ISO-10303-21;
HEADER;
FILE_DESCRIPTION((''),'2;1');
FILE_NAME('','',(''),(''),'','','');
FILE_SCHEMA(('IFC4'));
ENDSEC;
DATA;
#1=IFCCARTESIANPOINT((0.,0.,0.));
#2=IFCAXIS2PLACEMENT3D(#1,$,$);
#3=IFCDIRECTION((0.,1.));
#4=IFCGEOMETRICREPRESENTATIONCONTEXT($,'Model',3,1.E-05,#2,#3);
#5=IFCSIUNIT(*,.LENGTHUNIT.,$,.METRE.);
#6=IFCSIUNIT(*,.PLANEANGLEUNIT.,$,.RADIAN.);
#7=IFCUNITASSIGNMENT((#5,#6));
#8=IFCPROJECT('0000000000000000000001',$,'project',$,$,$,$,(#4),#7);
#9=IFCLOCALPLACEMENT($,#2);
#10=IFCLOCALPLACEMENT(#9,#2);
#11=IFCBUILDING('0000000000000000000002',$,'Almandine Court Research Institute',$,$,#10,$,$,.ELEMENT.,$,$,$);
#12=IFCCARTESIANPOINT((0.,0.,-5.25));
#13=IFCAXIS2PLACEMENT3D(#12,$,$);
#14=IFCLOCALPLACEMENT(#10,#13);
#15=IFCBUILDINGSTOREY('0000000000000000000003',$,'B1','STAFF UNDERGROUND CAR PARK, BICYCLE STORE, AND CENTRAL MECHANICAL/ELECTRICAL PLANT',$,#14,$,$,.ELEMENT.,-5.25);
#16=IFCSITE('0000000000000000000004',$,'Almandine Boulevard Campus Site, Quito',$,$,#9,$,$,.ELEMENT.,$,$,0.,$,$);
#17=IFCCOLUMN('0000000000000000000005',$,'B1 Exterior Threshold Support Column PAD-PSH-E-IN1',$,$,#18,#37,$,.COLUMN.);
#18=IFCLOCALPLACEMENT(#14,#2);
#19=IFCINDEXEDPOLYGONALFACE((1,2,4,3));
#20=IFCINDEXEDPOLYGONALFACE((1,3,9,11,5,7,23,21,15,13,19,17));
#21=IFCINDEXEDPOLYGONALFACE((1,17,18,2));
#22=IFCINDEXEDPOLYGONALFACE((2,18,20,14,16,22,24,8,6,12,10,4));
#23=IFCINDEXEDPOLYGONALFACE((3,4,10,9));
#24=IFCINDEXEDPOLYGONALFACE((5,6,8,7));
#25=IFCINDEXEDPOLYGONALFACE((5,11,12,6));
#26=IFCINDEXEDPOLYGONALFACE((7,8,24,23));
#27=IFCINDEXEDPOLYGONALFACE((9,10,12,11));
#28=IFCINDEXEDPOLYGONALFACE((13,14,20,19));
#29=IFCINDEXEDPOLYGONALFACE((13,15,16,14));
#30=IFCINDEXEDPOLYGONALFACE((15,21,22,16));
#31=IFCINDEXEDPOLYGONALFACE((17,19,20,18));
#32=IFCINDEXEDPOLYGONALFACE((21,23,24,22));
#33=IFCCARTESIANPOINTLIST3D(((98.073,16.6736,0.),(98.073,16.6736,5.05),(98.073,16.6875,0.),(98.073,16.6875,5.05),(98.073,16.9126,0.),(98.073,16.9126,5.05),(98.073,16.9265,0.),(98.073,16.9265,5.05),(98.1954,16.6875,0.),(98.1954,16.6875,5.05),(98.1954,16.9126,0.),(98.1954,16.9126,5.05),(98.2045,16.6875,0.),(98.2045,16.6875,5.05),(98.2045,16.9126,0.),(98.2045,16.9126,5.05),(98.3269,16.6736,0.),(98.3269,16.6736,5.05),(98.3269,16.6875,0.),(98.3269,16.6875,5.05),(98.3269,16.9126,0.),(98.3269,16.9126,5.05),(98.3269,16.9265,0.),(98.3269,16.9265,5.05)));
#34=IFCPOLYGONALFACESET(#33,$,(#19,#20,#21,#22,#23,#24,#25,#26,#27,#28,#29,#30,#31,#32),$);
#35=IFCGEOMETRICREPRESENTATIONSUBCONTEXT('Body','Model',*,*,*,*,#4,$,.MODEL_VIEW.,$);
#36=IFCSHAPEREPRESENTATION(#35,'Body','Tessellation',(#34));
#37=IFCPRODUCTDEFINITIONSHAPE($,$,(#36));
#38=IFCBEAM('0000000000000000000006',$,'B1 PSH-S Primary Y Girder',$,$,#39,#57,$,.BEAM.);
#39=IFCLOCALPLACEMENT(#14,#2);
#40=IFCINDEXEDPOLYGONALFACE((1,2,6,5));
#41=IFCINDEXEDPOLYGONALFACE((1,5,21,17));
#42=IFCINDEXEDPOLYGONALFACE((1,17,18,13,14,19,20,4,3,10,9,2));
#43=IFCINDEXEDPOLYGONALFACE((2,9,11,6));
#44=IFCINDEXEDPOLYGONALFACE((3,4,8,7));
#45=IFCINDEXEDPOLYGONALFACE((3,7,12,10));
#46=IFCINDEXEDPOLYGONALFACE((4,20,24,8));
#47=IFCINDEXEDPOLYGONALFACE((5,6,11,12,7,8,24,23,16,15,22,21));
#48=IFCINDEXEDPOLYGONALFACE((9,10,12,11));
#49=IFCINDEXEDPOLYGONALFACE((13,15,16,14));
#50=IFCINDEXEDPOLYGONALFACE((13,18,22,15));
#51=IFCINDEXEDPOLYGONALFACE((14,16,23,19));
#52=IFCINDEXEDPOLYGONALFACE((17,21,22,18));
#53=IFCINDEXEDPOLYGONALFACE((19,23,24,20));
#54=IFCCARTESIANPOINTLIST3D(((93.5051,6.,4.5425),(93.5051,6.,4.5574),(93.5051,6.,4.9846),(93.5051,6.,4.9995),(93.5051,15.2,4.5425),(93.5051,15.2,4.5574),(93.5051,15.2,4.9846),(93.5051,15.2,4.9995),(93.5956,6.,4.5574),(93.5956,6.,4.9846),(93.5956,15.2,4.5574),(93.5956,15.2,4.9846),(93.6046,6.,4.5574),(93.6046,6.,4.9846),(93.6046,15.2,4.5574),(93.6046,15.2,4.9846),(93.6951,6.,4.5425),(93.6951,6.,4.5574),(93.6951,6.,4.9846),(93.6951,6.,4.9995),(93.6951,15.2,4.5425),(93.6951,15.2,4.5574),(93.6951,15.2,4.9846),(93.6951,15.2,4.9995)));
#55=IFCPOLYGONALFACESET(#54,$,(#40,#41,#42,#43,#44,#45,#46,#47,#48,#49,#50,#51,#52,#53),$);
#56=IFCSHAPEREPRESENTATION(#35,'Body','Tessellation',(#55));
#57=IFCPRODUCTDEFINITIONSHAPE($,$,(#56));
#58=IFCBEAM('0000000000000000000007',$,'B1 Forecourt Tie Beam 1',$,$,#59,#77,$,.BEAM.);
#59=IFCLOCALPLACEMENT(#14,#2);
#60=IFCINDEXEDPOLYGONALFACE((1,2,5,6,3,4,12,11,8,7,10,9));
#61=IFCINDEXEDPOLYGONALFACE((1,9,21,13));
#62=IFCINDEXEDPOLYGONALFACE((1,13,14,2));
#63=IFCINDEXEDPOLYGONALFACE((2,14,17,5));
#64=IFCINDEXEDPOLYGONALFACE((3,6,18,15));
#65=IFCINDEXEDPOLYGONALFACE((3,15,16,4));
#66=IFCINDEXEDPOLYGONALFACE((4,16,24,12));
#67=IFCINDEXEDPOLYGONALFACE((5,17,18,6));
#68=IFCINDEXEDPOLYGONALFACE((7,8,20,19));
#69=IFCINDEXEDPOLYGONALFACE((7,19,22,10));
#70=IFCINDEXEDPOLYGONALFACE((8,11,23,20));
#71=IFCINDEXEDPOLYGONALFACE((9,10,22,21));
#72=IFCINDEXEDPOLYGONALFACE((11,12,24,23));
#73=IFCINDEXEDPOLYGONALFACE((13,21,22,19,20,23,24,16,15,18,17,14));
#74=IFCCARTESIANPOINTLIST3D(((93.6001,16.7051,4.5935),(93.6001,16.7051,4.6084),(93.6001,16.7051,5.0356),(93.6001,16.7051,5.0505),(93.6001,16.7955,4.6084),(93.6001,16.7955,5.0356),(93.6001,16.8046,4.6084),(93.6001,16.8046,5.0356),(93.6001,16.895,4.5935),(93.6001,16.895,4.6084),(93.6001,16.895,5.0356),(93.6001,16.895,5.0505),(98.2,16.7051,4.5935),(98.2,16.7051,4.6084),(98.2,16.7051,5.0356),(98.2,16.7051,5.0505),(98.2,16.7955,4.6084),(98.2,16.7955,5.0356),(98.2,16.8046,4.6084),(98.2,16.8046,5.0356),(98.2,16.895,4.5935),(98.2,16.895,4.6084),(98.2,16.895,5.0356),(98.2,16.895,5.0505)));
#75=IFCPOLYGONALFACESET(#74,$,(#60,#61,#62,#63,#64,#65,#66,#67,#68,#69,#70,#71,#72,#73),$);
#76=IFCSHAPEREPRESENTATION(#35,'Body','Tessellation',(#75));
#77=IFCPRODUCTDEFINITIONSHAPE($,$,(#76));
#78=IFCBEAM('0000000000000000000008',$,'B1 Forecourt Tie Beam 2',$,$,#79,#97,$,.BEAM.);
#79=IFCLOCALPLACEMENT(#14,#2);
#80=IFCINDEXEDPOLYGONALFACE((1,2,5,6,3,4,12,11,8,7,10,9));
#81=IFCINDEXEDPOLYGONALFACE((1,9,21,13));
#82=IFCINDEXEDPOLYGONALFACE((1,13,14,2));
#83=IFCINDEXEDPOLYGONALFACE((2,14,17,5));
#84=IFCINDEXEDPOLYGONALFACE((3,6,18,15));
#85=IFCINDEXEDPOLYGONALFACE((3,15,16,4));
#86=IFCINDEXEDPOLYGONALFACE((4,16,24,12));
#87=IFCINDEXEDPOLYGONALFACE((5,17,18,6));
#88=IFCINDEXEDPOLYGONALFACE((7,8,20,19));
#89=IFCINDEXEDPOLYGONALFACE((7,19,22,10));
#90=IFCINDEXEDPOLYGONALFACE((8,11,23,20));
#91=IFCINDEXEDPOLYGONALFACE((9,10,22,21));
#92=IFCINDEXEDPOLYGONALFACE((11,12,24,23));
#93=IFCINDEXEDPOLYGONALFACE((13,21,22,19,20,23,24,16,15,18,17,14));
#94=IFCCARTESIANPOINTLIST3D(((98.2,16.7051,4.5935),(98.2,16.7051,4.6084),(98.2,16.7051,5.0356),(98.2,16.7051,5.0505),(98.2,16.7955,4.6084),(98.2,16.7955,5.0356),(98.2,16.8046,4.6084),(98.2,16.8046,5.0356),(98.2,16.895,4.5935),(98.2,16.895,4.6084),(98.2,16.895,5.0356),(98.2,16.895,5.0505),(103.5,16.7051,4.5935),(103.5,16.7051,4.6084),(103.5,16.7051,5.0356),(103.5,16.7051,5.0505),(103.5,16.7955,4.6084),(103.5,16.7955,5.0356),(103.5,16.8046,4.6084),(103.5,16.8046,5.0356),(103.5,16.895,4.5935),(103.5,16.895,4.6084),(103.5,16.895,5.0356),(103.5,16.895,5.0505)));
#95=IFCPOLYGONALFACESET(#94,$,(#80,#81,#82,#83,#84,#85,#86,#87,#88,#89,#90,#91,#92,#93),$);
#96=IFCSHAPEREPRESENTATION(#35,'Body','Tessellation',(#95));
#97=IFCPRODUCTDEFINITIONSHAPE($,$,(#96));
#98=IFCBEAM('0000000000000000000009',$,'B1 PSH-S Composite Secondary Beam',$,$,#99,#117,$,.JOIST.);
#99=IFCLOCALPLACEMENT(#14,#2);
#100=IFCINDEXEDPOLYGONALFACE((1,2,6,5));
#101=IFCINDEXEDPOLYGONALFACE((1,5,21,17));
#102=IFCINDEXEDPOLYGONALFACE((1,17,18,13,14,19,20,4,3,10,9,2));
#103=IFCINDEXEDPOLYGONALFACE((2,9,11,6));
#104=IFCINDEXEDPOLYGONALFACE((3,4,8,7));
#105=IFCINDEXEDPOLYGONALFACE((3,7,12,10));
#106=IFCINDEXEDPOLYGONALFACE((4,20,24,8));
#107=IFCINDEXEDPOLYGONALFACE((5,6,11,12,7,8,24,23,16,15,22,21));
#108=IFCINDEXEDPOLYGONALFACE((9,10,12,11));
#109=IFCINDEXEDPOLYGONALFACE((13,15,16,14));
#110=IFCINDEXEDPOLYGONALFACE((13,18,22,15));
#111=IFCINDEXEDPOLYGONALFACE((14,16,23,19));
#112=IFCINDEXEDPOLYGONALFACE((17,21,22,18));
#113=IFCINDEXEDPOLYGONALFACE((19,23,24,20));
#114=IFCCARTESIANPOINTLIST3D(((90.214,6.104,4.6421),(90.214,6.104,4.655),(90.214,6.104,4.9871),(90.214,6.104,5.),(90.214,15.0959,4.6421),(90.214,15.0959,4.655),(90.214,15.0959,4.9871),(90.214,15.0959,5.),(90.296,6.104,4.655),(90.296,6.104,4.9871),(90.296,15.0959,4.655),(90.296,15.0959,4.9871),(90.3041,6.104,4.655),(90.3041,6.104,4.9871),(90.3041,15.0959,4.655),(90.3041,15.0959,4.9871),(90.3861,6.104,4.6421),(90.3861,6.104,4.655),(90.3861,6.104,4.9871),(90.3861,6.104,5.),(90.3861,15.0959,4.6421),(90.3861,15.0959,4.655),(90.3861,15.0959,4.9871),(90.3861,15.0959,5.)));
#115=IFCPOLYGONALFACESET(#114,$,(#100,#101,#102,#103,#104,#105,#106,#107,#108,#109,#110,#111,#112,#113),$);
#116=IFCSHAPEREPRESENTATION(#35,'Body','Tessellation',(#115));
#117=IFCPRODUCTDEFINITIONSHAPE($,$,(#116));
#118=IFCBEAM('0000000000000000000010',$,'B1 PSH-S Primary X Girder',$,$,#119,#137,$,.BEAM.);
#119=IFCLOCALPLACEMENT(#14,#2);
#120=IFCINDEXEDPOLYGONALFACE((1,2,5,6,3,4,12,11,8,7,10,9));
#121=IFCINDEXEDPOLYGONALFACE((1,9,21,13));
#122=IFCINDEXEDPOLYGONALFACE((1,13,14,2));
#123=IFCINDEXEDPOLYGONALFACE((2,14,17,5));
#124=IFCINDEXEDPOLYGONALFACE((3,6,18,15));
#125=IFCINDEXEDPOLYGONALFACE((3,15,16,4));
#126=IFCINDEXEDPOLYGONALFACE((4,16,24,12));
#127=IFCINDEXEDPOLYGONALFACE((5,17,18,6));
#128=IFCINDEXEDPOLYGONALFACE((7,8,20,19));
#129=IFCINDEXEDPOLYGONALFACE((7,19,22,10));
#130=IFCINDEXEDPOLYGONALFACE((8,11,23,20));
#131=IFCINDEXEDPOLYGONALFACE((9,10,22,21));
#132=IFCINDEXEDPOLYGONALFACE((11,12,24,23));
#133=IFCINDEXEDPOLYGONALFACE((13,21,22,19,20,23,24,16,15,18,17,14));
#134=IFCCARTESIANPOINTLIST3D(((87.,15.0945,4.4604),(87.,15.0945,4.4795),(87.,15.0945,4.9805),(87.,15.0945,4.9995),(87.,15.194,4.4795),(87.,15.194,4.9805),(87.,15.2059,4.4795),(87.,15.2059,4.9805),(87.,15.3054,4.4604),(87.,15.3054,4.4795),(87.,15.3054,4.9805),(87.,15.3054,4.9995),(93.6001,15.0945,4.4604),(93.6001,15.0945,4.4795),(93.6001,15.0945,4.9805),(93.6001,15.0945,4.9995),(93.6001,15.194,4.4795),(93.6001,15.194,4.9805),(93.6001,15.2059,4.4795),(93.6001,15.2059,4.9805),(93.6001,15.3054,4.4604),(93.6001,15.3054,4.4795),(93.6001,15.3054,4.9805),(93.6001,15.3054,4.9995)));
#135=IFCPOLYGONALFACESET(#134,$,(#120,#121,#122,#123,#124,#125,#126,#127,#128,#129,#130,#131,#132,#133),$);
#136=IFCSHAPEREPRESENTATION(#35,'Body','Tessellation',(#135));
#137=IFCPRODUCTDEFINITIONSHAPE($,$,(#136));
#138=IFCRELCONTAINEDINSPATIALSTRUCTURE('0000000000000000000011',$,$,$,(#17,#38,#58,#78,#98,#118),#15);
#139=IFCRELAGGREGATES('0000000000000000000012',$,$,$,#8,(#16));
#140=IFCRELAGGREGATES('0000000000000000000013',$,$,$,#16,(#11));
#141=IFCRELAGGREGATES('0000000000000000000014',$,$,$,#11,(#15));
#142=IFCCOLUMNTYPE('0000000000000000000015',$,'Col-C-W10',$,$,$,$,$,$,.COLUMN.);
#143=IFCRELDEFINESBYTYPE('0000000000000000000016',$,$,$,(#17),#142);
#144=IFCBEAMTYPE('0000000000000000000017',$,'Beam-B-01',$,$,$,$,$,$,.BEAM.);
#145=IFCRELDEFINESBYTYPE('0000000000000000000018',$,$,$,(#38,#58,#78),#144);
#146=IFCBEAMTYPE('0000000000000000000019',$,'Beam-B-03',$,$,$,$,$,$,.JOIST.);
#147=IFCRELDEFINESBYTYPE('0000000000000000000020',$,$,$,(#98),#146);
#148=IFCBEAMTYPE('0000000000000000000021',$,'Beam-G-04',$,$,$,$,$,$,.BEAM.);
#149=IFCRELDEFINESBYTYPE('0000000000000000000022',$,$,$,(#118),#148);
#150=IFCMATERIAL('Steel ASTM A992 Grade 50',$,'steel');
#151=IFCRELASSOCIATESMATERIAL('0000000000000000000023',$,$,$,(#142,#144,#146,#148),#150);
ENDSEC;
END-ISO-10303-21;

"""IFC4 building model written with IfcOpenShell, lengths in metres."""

from ifc_helpers import new_model, si_unit, direction, frame, origin, origin_2d, place, context, subcontext, project, spatial, i_section, extrude, material, material_profile, profile_set, type_object, element, save


model = new_model("IFC4")

# Units and contexts
model_context = context("Model", 3, precision=1e-05, world=origin(), true_north=direction((0.0, 1.0)))
body_context = subcontext(model_context, "Body", "Model", "MODEL_VIEW")
ifc_project = project(units=[si_unit("LENGTHUNIT", "METRE"), si_unit("PLANEANGLEUNIT", "RADIAN")], contexts=[model_context])

# Site, building, storey
site_placement = place(None, origin())
site = spatial("IfcSite", under=ifc_project, at=site_placement, Name="Almandine Boulevard Campus Site, Quito", CompositionType="ELEMENT", RefElevation=0.0)
building_placement = place(site_placement, origin())
building = spatial("IfcBuilding", under=site, at=building_placement, Name="Almandine Court Research Institute", CompositionType="ELEMENT")
storey_placement = place(building_placement, frame((0.0, 0.0, -5.25)))
storey = spatial("IfcBuildingStorey", under=building, at=storey_placement, Name="B1", Description="STAFF UNDERGROUND CAR PARK, BICYCLE STORE, AND CENTRAL MECHANICAL/ELECTRICAL PLANT", CompositionType="ELEMENT", Elevation=-5.25)

# Column
ifc_material_1 = material(Name="Steel ASTM A992 Grade 50", Category="steel")
ifc_material_profile_1 = material_profile(ifc_material_1, i_section(OverallWidth=0.2539, OverallDepth=0.2529, WebThickness=0.009, FlangeThickness=0.0139, at=origin_2d()), Name="W250x73")
ifc_profile_set_1 = profile_set([ifc_material_profile_1], Name="Steel ASTM A992 Grade 50")
column_type_1 = type_object("IfcColumnType", Name="Col-C-W10", PredefinedType="COLUMN", material=ifc_profile_set_1)
for number, where, z_axis, x_axis, name in (
    (1, (98.2, 16.8, 0.0), (0.0, 0.0, 1.0), (1.0, 0.0, 0.0), "B1 Exterior Threshold Support Column PAD-PSH-E-IN1"),
):
    element("IfcColumn", number, at=place(storey_placement, frame(where, z_axis=z_axis, x_axis=x_axis)), inside=storey, type_object=column_type_1, Name=name, PredefinedType="COLUMN", context=body_context, shape_type="SweptSolid", body=[
        extrude(i_section(OverallWidth=0.2539, OverallDepth=0.2529, WebThickness=0.009, FlangeThickness=0.0139, at=origin_2d()), origin(), (0.0, 0.0, 1.0), 5.05),
    ])

# Beams
ifc_material_profile_2 = material_profile(ifc_material_1, i_section(OverallWidth=0.1899, OverallDepth=0.457, WebThickness=0.009, FlangeThickness=0.0149, at=origin_2d()), Name="W460x74")
ifc_profile_set_2 = profile_set([ifc_material_profile_2], Name="Steel ASTM A992 Grade 50")
beam_type_1 = type_object("IfcBeamType", Name="Beam-B-01", PredefinedType="BEAM", material=ifc_profile_set_2)
beam_1_placement = place(storey_placement, frame((93.6001, 6.0, 4.771), z_axis=(0.0, 1.0, 0.0), x_axis=(-1.0, 0.0, 0.0)))
element("IfcBeam", 2, at=beam_1_placement, inside=storey, type_object=beam_type_1, Name="B1 PSH-S Primary Y Girder", PredefinedType="BEAM", context=body_context, shape_type="SweptSolid", body=[
    extrude(i_section(OverallWidth=0.1899, OverallDepth=0.457, WebThickness=0.009, FlangeThickness=0.0149, at=origin_2d()), origin(), (0.0, 0.0, 1.0), 9.2),
])
beam_2_placement = place(storey_placement, frame((93.6001, 16.8, 4.822), z_axis=(1.0, 0.0, 0.0), x_axis=(0.0, 1.0, 0.0)))
element("IfcBeam", 3, at=beam_2_placement, inside=storey, type_object=beam_type_1, Name="B1 Forecourt Tie Beam 1", PredefinedType="BEAM", context=body_context, shape_type="SweptSolid", body=[
    extrude(i_section(OverallWidth=0.1899, OverallDepth=0.457, WebThickness=0.009, FlangeThickness=0.0149, at=origin_2d()), origin(), (0.0, 0.0, 1.0), 4.5999),
])
beam_3_placement = place(storey_placement, frame((98.2, 16.8, 4.822), z_axis=(1.0, 0.0, 0.0), x_axis=(0.0, 1.0, 0.0)))
element("IfcBeam", 4, at=beam_3_placement, inside=storey, type_object=beam_type_1, Name="B1 Forecourt Tie Beam 2", PredefinedType="BEAM", context=body_context, shape_type="SweptSolid", body=[
    extrude(i_section(OverallWidth=0.1899, OverallDepth=0.457, WebThickness=0.009, FlangeThickness=0.0149, at=origin_2d()), origin(), (0.0, 0.0, 1.0), 5.3),
])
ifc_material_profile_3 = material_profile(ifc_material_1, i_section(OverallWidth=0.1721, OverallDepth=0.3579, WebThickness=0.0081, FlangeThickness=0.0129, at=origin_2d()), Name="W360x57")
ifc_profile_set_3 = profile_set([ifc_material_profile_3], Name="Steel ASTM A992 Grade 50")
beam_type_2 = type_object("IfcBeamType", Name="Beam-B-03", PredefinedType="JOIST", material=ifc_profile_set_3)
beam_4_placement = place(storey_placement, frame((90.3, 6.104, 4.821), z_axis=(0.0, 1.0, 0.0), x_axis=(-1.0, 0.0, 0.0)))
element("IfcBeam", 5, at=beam_4_placement, inside=storey, type_object=beam_type_2, Name="B1 PSH-S Composite Secondary Beam", PredefinedType="JOIST", context=body_context, shape_type="SweptSolid", body=[
    extrude(i_section(OverallWidth=0.1721, OverallDepth=0.3579, WebThickness=0.0081, FlangeThickness=0.0129, at=origin_2d()), origin(), (0.0, 0.0, 1.0), 8.9919),
])
ifc_material_profile_4 = material_profile(ifc_material_1, i_section(OverallWidth=0.2109, OverallDepth=0.5391, WebThickness=0.012, FlangeThickness=0.019, at=origin_2d()), Name="W530x109")
ifc_profile_set_4 = profile_set([ifc_material_profile_4], Name="Steel ASTM A992 Grade 50")
beam_type_3 = type_object("IfcBeamType", Name="Beam-G-04", PredefinedType="BEAM", material=ifc_profile_set_4)
beam_5_placement = place(storey_placement, frame((87.0, 15.2, 4.73), z_axis=(1.0, 0.0, 0.0), x_axis=(0.0, 1.0, 0.0)))
element("IfcBeam", 6, at=beam_5_placement, inside=storey, type_object=beam_type_3, Name="B1 PSH-S Primary X Girder", PredefinedType="BEAM", context=body_context, shape_type="SweptSolid", body=[
    extrude(i_section(OverallWidth=0.2109, OverallDepth=0.5391, WebThickness=0.012, FlangeThickness=0.019, at=origin_2d()), origin(), (0.0, 0.0, 1.0), 6.6001),
])

save(model, "model.ifc")
